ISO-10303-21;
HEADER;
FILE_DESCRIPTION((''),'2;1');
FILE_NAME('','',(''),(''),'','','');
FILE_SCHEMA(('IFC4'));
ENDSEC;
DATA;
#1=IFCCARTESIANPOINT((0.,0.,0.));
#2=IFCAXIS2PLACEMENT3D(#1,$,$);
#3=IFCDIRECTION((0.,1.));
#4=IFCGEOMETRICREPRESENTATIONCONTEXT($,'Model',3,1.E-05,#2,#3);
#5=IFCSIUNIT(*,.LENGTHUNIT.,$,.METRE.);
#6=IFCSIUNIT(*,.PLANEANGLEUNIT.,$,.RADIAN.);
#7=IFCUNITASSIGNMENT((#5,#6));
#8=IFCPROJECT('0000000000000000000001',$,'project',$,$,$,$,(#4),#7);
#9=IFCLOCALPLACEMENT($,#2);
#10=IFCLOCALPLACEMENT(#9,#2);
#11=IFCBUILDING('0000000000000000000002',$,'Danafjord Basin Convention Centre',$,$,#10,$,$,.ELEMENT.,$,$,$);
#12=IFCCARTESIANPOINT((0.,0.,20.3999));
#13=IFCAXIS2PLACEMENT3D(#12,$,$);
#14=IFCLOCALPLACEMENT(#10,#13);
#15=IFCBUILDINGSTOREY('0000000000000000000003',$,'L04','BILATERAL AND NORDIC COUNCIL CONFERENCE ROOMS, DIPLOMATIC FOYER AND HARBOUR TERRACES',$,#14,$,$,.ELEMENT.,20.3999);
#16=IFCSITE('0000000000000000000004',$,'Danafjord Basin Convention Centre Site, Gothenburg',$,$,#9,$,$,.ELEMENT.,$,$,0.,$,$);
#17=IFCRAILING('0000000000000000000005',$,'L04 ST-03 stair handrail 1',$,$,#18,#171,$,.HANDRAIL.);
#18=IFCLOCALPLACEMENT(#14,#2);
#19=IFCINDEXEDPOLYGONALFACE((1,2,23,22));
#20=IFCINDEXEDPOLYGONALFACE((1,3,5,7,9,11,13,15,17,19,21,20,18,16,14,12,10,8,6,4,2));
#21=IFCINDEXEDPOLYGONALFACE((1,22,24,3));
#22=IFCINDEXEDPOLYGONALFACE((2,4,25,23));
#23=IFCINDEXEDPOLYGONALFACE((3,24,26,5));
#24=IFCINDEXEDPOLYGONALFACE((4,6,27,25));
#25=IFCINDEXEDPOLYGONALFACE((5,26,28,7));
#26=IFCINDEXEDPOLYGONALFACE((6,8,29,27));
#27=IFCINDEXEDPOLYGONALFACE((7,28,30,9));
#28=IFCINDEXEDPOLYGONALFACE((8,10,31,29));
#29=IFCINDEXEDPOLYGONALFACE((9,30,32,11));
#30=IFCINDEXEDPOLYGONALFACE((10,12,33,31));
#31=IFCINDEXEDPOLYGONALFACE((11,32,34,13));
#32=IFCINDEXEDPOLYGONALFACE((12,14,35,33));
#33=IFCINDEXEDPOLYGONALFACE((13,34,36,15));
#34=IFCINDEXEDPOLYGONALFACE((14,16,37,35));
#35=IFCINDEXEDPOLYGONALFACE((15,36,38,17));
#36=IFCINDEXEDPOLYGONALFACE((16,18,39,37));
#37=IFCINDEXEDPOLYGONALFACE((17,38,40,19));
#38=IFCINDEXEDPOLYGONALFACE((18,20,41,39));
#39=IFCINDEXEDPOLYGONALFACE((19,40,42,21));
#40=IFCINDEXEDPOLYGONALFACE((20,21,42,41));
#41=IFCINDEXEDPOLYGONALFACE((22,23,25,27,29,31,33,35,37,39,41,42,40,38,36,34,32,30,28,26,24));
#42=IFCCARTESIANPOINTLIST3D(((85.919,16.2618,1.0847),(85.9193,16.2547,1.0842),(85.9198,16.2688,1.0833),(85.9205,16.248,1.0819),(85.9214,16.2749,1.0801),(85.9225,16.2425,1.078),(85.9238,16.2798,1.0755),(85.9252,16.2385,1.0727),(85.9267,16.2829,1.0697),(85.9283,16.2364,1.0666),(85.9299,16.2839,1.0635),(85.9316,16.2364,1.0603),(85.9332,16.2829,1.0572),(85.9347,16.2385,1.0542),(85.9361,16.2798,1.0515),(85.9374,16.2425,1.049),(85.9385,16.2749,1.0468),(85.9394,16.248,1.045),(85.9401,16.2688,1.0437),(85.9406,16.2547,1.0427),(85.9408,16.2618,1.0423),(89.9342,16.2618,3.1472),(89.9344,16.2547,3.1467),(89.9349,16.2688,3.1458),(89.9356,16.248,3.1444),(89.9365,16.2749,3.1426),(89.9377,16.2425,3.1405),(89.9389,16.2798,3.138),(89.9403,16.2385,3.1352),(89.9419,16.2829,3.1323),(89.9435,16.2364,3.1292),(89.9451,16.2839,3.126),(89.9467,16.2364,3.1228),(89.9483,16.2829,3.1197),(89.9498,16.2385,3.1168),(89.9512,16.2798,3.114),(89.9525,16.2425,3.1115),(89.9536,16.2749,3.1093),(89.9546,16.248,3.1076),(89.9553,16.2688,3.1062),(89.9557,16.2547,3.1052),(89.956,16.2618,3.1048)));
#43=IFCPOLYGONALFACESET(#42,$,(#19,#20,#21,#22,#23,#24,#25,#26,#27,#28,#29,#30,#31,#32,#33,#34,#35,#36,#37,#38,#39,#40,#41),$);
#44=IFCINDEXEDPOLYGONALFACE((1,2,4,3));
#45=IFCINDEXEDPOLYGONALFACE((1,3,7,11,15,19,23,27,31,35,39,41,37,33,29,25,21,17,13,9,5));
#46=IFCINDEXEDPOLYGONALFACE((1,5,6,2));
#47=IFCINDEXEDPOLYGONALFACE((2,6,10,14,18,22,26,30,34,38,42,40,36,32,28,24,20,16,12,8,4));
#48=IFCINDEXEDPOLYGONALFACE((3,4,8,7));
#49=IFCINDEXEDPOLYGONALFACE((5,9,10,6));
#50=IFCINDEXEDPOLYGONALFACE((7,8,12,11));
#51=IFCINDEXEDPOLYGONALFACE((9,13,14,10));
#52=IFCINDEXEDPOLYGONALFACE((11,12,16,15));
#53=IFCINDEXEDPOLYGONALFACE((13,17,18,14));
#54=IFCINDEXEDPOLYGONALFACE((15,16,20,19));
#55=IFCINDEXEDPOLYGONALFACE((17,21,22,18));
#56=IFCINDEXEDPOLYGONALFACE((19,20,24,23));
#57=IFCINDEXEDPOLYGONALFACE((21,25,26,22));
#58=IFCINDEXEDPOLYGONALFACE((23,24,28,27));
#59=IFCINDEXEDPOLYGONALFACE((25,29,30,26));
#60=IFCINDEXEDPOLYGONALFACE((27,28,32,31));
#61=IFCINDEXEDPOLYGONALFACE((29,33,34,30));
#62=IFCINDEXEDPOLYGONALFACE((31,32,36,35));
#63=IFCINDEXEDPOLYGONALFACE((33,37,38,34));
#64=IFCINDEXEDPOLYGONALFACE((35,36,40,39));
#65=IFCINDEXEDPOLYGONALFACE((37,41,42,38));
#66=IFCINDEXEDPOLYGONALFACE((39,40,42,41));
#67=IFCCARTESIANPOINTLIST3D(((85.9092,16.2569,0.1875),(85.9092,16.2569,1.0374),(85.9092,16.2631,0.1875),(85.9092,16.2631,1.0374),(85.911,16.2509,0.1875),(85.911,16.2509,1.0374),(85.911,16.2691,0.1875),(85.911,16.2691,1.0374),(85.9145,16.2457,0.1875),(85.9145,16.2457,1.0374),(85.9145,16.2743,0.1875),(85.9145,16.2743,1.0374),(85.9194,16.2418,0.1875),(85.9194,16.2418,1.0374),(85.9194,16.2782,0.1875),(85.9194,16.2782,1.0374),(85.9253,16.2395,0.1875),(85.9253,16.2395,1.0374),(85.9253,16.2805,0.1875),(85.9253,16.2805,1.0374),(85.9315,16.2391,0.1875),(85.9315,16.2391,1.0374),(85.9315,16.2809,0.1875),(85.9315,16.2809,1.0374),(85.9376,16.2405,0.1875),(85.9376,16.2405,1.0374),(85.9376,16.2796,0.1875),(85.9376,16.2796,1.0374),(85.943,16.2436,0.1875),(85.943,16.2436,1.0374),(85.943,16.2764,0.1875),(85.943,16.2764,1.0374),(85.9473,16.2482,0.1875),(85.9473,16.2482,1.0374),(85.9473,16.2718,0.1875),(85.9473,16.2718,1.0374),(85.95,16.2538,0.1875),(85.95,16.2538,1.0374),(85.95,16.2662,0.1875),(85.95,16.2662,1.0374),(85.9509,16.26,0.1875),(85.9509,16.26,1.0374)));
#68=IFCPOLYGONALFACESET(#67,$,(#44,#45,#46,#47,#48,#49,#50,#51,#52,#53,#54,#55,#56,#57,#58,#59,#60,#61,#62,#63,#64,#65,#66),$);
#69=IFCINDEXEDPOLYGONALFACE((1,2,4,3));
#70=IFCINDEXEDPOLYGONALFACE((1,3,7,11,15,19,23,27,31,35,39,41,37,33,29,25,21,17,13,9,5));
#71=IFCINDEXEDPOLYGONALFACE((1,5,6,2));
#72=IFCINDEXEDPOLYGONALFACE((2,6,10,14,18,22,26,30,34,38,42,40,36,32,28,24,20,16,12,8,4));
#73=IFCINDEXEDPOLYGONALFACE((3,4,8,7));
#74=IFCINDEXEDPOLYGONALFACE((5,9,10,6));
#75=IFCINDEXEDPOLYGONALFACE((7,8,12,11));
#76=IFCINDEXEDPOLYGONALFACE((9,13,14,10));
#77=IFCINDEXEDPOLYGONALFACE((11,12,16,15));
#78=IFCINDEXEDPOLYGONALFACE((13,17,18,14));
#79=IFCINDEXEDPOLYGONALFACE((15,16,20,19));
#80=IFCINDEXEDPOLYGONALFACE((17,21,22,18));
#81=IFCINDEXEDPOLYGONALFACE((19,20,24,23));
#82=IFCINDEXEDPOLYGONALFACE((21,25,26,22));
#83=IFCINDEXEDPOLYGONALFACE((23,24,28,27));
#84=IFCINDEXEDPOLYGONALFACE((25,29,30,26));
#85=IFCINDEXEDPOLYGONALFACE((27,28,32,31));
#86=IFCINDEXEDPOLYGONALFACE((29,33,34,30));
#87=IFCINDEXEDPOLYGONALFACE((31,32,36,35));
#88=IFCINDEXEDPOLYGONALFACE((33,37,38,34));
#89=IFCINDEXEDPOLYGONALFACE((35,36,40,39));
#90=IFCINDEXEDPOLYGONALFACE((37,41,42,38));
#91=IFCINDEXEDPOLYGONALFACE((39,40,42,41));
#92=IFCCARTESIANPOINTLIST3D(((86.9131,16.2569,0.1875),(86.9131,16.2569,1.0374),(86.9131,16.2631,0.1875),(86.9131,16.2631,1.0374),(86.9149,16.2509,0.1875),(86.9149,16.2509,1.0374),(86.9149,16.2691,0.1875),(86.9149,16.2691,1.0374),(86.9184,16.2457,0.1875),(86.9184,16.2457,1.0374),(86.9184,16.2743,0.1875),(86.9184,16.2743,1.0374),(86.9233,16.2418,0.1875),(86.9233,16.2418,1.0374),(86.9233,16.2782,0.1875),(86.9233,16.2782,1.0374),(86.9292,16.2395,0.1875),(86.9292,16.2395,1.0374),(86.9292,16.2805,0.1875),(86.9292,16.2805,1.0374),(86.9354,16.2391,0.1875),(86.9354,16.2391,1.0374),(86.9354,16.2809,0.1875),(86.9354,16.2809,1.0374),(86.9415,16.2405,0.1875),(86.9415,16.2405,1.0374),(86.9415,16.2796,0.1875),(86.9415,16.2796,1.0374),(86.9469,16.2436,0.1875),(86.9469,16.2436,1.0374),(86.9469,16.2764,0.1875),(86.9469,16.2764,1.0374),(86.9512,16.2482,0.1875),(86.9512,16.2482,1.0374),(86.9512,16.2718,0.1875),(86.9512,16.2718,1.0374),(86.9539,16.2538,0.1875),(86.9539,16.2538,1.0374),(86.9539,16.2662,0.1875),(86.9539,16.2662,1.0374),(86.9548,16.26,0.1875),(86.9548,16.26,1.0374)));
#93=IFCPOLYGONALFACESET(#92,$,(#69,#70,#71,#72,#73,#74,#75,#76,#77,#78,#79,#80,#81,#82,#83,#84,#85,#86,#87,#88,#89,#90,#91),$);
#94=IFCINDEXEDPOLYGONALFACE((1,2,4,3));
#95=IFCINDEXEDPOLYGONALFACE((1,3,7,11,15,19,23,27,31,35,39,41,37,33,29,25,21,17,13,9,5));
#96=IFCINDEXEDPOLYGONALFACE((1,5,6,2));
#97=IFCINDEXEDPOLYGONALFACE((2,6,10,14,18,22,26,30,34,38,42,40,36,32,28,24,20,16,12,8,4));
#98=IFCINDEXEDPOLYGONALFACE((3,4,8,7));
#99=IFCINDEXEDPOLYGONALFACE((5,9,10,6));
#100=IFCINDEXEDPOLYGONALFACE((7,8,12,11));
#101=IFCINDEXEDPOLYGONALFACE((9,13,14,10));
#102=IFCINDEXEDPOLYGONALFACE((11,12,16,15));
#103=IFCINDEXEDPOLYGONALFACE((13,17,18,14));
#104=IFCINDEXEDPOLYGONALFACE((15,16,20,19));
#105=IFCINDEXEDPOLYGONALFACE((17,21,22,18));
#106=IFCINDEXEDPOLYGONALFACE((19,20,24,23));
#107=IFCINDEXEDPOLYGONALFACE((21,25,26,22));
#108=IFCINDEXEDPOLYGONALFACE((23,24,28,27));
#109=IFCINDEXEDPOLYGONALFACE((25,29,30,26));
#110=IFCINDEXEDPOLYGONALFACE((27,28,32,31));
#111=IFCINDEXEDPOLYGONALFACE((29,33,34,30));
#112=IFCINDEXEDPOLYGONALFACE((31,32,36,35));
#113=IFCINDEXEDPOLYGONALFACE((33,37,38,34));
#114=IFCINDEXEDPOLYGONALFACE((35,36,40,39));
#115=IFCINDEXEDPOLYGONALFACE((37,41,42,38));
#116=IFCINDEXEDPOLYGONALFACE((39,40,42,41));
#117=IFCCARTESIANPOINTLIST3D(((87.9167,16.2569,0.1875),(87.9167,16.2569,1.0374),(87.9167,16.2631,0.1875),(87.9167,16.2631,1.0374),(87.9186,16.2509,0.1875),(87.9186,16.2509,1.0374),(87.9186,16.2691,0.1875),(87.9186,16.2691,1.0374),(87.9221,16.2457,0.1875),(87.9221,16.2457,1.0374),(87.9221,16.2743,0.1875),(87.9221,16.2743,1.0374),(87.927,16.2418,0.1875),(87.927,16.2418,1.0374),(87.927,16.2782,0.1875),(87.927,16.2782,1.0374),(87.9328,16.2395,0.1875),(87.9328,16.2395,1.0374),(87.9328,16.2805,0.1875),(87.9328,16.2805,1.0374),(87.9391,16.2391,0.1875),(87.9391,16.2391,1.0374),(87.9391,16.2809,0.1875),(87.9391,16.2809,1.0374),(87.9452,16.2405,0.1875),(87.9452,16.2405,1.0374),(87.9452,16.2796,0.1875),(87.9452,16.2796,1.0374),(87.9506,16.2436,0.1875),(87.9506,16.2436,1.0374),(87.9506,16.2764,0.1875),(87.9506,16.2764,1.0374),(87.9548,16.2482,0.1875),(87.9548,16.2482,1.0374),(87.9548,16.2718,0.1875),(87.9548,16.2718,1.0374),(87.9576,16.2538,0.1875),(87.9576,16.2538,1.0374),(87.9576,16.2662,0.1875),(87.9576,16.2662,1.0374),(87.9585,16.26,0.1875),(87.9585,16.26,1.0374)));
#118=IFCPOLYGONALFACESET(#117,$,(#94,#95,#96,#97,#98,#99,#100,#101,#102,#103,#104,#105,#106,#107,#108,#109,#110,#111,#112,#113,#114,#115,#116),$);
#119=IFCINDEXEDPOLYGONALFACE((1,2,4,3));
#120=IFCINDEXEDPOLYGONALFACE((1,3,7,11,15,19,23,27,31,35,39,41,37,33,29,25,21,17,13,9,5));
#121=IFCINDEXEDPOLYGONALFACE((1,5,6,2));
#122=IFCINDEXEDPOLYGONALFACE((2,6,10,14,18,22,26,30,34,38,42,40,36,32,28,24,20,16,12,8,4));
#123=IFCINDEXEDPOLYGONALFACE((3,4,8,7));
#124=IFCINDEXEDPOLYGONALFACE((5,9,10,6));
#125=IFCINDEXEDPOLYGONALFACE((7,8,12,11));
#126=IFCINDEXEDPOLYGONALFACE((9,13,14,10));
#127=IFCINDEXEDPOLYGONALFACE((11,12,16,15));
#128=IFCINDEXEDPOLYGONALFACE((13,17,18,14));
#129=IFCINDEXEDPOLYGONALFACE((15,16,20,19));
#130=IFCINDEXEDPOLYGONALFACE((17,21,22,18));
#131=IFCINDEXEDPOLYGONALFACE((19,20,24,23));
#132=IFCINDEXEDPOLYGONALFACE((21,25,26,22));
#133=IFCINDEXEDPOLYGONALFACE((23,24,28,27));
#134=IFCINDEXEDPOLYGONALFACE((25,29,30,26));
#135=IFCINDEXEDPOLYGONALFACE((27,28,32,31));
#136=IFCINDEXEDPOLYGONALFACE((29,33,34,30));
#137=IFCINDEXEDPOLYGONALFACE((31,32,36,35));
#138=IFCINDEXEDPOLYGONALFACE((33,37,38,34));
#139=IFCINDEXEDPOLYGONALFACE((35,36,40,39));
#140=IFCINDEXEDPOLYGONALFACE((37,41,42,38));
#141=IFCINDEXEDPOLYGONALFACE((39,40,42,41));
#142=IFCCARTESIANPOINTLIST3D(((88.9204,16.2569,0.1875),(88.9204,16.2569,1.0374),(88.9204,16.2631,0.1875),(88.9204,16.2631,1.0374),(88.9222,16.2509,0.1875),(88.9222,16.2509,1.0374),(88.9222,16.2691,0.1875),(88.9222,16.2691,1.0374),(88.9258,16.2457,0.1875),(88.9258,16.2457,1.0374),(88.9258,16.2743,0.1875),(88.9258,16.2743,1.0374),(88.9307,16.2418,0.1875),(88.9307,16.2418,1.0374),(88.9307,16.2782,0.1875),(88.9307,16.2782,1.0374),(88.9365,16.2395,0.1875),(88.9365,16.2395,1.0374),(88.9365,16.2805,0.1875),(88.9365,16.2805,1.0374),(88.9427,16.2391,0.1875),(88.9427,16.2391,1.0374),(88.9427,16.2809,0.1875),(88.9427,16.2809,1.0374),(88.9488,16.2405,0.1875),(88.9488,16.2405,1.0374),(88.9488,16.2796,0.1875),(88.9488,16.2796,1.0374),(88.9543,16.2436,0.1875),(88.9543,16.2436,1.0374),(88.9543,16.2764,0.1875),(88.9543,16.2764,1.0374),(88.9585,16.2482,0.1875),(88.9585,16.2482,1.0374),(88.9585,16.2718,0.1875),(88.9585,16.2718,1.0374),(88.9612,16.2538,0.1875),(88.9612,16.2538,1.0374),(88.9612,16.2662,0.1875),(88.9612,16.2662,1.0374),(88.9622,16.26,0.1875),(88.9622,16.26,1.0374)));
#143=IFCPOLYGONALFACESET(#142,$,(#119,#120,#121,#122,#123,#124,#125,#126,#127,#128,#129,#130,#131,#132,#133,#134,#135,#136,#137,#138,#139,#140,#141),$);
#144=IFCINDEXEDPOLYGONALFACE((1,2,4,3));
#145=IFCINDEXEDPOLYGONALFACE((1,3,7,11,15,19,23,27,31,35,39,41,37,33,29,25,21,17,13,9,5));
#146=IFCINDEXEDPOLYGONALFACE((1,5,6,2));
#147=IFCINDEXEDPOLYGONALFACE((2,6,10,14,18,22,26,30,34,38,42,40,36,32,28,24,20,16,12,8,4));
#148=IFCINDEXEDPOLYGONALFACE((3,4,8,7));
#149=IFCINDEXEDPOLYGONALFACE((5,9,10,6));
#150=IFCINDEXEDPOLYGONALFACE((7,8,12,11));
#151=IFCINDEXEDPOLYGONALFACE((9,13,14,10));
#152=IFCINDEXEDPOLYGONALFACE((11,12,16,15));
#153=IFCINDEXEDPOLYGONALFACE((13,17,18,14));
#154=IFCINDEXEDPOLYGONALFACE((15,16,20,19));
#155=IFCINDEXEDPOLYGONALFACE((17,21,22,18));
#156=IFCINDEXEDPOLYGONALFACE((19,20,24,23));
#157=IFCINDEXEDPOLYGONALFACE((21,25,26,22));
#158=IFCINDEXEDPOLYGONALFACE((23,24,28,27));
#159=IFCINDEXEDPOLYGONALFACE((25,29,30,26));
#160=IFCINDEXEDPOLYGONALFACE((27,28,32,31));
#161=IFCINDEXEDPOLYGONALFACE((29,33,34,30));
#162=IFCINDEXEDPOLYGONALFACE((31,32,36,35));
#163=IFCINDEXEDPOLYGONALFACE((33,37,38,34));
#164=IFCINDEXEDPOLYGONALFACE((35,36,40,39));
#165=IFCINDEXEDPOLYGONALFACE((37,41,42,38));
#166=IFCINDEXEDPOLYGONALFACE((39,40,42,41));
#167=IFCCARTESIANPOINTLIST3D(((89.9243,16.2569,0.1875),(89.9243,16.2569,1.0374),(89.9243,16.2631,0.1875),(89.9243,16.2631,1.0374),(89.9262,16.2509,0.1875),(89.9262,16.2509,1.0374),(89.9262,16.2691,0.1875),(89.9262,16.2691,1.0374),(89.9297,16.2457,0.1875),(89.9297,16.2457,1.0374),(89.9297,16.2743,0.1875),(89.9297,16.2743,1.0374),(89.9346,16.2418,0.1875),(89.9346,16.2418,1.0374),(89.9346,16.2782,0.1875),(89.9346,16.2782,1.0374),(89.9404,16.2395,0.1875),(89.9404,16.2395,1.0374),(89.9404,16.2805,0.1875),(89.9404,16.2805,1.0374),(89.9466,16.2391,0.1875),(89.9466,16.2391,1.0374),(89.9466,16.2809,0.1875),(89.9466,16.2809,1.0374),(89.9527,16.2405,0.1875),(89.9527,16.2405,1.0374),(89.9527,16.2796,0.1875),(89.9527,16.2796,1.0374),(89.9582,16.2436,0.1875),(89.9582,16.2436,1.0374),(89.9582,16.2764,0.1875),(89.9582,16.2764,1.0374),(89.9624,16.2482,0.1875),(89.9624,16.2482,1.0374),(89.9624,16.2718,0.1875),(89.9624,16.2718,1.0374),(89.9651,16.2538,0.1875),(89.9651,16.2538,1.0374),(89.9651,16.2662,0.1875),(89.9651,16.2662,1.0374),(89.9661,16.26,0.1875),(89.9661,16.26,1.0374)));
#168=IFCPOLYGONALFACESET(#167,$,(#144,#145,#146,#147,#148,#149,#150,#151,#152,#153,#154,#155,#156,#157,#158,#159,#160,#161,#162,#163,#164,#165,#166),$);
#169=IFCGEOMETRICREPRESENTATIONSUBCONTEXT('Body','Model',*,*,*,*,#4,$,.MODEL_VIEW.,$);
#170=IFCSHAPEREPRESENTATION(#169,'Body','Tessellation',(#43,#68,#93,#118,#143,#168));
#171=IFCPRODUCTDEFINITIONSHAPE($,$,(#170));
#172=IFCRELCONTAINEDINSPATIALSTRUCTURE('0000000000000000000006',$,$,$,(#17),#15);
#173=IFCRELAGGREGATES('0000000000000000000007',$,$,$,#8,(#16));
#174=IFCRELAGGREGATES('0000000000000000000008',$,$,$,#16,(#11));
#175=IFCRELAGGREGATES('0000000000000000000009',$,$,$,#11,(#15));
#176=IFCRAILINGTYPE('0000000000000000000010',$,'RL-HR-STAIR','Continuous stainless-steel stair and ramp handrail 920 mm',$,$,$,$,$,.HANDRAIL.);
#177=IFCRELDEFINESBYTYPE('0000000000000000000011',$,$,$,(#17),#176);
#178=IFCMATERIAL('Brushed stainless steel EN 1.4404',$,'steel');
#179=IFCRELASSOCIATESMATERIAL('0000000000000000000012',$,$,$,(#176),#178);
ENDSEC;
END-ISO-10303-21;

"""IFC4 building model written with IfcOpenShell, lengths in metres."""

from ifc_helpers import new_model, si_unit, direction, frame, origin, origin_2d, place, context, subcontext, project, spatial, circle, extrude, material, type_object, element, save


model = new_model("IFC4")

# Units and contexts
model_context = context("Model", 3, precision=1e-05, world=origin(), true_north=direction((0.0, 1.0)))
body_context = subcontext(model_context, "Body", "Model", "MODEL_VIEW")
ifc_project = project(units=[si_unit("LENGTHUNIT", "METRE"), si_unit("PLANEANGLEUNIT", "RADIAN")], contexts=[model_context])

# Site, building, storey
site_placement = place(None, origin())
site = spatial("IfcSite", under=ifc_project, at=site_placement, Name="Danafjord Basin Convention Centre Site, Gothenburg", CompositionType="ELEMENT", RefElevation=0.0)
building_placement = place(site_placement, origin())
building = spatial("IfcBuilding", under=site, at=building_placement, Name="Danafjord Basin Convention Centre", CompositionType="ELEMENT")
storey_placement = place(building_placement, frame((0.0, 0.0, 20.3999)))
storey = spatial("IfcBuildingStorey", under=building, at=storey_placement, Name="L04", Description="BILATERAL AND NORDIC COUNCIL CONFERENCE ROOMS, DIPLOMATIC FOYER AND HARBOUR TERRACES", CompositionType="ELEMENT", Elevation=20.3999)

# Railing
ifc_material_1 = material(Name="Brushed stainless steel EN 1.4404", Category="steel")
railing_type_1 = type_object("IfcRailingType", Name="RL-HR-STAIR", Description="Continuous stainless-steel stair and ramp handrail 920 mm", PredefinedType="HANDRAIL", material=ifc_material_1)
railing_1_placement = place(storey_placement, frame((85.9299, 16.26, 0.1875)))
element("IfcRailing", 1, at=railing_1_placement, inside=storey, type_object=railing_type_1, Name="L04 ST-03 stair handrail 1", PredefinedType="HANDRAIL", context=body_context, shape_type="SweptSolid", body=[
    extrude(circle(Radius=0.0239, at=origin_2d()), frame((0.0, 0.0, 0.876), z_axis=(0.889506, 0.0, 0.456923), x_axis=(0.0, 1.0, 0.0)), (0.0, 0.0, 1.0), 4.5139),
    extrude(circle(Radius=0.021, at=origin_2d()), origin(), (0.0, 0.0, 1.0), 0.8499),
    extrude(circle(Radius=0.021, at=origin_2d()), frame((1.0039, 0.0, 0.0)), (0.0, 0.0, 1.0), 0.8499),
    extrude(circle(Radius=0.021, at=origin_2d()), frame((2.0076, 0.0, 0.0)), (0.0, 0.0, 1.0), 0.8499),
    extrude(circle(Radius=0.021, at=origin_2d()), frame((3.0112, 0.0, 0.0)), (0.0, 0.0, 1.0), 0.8499),
    extrude(circle(Radius=0.021, at=origin_2d()), frame((4.0151, 0.0, 0.0)), (0.0, 0.0, 1.0), 0.8499),
])

save(model, "model.ifc")
